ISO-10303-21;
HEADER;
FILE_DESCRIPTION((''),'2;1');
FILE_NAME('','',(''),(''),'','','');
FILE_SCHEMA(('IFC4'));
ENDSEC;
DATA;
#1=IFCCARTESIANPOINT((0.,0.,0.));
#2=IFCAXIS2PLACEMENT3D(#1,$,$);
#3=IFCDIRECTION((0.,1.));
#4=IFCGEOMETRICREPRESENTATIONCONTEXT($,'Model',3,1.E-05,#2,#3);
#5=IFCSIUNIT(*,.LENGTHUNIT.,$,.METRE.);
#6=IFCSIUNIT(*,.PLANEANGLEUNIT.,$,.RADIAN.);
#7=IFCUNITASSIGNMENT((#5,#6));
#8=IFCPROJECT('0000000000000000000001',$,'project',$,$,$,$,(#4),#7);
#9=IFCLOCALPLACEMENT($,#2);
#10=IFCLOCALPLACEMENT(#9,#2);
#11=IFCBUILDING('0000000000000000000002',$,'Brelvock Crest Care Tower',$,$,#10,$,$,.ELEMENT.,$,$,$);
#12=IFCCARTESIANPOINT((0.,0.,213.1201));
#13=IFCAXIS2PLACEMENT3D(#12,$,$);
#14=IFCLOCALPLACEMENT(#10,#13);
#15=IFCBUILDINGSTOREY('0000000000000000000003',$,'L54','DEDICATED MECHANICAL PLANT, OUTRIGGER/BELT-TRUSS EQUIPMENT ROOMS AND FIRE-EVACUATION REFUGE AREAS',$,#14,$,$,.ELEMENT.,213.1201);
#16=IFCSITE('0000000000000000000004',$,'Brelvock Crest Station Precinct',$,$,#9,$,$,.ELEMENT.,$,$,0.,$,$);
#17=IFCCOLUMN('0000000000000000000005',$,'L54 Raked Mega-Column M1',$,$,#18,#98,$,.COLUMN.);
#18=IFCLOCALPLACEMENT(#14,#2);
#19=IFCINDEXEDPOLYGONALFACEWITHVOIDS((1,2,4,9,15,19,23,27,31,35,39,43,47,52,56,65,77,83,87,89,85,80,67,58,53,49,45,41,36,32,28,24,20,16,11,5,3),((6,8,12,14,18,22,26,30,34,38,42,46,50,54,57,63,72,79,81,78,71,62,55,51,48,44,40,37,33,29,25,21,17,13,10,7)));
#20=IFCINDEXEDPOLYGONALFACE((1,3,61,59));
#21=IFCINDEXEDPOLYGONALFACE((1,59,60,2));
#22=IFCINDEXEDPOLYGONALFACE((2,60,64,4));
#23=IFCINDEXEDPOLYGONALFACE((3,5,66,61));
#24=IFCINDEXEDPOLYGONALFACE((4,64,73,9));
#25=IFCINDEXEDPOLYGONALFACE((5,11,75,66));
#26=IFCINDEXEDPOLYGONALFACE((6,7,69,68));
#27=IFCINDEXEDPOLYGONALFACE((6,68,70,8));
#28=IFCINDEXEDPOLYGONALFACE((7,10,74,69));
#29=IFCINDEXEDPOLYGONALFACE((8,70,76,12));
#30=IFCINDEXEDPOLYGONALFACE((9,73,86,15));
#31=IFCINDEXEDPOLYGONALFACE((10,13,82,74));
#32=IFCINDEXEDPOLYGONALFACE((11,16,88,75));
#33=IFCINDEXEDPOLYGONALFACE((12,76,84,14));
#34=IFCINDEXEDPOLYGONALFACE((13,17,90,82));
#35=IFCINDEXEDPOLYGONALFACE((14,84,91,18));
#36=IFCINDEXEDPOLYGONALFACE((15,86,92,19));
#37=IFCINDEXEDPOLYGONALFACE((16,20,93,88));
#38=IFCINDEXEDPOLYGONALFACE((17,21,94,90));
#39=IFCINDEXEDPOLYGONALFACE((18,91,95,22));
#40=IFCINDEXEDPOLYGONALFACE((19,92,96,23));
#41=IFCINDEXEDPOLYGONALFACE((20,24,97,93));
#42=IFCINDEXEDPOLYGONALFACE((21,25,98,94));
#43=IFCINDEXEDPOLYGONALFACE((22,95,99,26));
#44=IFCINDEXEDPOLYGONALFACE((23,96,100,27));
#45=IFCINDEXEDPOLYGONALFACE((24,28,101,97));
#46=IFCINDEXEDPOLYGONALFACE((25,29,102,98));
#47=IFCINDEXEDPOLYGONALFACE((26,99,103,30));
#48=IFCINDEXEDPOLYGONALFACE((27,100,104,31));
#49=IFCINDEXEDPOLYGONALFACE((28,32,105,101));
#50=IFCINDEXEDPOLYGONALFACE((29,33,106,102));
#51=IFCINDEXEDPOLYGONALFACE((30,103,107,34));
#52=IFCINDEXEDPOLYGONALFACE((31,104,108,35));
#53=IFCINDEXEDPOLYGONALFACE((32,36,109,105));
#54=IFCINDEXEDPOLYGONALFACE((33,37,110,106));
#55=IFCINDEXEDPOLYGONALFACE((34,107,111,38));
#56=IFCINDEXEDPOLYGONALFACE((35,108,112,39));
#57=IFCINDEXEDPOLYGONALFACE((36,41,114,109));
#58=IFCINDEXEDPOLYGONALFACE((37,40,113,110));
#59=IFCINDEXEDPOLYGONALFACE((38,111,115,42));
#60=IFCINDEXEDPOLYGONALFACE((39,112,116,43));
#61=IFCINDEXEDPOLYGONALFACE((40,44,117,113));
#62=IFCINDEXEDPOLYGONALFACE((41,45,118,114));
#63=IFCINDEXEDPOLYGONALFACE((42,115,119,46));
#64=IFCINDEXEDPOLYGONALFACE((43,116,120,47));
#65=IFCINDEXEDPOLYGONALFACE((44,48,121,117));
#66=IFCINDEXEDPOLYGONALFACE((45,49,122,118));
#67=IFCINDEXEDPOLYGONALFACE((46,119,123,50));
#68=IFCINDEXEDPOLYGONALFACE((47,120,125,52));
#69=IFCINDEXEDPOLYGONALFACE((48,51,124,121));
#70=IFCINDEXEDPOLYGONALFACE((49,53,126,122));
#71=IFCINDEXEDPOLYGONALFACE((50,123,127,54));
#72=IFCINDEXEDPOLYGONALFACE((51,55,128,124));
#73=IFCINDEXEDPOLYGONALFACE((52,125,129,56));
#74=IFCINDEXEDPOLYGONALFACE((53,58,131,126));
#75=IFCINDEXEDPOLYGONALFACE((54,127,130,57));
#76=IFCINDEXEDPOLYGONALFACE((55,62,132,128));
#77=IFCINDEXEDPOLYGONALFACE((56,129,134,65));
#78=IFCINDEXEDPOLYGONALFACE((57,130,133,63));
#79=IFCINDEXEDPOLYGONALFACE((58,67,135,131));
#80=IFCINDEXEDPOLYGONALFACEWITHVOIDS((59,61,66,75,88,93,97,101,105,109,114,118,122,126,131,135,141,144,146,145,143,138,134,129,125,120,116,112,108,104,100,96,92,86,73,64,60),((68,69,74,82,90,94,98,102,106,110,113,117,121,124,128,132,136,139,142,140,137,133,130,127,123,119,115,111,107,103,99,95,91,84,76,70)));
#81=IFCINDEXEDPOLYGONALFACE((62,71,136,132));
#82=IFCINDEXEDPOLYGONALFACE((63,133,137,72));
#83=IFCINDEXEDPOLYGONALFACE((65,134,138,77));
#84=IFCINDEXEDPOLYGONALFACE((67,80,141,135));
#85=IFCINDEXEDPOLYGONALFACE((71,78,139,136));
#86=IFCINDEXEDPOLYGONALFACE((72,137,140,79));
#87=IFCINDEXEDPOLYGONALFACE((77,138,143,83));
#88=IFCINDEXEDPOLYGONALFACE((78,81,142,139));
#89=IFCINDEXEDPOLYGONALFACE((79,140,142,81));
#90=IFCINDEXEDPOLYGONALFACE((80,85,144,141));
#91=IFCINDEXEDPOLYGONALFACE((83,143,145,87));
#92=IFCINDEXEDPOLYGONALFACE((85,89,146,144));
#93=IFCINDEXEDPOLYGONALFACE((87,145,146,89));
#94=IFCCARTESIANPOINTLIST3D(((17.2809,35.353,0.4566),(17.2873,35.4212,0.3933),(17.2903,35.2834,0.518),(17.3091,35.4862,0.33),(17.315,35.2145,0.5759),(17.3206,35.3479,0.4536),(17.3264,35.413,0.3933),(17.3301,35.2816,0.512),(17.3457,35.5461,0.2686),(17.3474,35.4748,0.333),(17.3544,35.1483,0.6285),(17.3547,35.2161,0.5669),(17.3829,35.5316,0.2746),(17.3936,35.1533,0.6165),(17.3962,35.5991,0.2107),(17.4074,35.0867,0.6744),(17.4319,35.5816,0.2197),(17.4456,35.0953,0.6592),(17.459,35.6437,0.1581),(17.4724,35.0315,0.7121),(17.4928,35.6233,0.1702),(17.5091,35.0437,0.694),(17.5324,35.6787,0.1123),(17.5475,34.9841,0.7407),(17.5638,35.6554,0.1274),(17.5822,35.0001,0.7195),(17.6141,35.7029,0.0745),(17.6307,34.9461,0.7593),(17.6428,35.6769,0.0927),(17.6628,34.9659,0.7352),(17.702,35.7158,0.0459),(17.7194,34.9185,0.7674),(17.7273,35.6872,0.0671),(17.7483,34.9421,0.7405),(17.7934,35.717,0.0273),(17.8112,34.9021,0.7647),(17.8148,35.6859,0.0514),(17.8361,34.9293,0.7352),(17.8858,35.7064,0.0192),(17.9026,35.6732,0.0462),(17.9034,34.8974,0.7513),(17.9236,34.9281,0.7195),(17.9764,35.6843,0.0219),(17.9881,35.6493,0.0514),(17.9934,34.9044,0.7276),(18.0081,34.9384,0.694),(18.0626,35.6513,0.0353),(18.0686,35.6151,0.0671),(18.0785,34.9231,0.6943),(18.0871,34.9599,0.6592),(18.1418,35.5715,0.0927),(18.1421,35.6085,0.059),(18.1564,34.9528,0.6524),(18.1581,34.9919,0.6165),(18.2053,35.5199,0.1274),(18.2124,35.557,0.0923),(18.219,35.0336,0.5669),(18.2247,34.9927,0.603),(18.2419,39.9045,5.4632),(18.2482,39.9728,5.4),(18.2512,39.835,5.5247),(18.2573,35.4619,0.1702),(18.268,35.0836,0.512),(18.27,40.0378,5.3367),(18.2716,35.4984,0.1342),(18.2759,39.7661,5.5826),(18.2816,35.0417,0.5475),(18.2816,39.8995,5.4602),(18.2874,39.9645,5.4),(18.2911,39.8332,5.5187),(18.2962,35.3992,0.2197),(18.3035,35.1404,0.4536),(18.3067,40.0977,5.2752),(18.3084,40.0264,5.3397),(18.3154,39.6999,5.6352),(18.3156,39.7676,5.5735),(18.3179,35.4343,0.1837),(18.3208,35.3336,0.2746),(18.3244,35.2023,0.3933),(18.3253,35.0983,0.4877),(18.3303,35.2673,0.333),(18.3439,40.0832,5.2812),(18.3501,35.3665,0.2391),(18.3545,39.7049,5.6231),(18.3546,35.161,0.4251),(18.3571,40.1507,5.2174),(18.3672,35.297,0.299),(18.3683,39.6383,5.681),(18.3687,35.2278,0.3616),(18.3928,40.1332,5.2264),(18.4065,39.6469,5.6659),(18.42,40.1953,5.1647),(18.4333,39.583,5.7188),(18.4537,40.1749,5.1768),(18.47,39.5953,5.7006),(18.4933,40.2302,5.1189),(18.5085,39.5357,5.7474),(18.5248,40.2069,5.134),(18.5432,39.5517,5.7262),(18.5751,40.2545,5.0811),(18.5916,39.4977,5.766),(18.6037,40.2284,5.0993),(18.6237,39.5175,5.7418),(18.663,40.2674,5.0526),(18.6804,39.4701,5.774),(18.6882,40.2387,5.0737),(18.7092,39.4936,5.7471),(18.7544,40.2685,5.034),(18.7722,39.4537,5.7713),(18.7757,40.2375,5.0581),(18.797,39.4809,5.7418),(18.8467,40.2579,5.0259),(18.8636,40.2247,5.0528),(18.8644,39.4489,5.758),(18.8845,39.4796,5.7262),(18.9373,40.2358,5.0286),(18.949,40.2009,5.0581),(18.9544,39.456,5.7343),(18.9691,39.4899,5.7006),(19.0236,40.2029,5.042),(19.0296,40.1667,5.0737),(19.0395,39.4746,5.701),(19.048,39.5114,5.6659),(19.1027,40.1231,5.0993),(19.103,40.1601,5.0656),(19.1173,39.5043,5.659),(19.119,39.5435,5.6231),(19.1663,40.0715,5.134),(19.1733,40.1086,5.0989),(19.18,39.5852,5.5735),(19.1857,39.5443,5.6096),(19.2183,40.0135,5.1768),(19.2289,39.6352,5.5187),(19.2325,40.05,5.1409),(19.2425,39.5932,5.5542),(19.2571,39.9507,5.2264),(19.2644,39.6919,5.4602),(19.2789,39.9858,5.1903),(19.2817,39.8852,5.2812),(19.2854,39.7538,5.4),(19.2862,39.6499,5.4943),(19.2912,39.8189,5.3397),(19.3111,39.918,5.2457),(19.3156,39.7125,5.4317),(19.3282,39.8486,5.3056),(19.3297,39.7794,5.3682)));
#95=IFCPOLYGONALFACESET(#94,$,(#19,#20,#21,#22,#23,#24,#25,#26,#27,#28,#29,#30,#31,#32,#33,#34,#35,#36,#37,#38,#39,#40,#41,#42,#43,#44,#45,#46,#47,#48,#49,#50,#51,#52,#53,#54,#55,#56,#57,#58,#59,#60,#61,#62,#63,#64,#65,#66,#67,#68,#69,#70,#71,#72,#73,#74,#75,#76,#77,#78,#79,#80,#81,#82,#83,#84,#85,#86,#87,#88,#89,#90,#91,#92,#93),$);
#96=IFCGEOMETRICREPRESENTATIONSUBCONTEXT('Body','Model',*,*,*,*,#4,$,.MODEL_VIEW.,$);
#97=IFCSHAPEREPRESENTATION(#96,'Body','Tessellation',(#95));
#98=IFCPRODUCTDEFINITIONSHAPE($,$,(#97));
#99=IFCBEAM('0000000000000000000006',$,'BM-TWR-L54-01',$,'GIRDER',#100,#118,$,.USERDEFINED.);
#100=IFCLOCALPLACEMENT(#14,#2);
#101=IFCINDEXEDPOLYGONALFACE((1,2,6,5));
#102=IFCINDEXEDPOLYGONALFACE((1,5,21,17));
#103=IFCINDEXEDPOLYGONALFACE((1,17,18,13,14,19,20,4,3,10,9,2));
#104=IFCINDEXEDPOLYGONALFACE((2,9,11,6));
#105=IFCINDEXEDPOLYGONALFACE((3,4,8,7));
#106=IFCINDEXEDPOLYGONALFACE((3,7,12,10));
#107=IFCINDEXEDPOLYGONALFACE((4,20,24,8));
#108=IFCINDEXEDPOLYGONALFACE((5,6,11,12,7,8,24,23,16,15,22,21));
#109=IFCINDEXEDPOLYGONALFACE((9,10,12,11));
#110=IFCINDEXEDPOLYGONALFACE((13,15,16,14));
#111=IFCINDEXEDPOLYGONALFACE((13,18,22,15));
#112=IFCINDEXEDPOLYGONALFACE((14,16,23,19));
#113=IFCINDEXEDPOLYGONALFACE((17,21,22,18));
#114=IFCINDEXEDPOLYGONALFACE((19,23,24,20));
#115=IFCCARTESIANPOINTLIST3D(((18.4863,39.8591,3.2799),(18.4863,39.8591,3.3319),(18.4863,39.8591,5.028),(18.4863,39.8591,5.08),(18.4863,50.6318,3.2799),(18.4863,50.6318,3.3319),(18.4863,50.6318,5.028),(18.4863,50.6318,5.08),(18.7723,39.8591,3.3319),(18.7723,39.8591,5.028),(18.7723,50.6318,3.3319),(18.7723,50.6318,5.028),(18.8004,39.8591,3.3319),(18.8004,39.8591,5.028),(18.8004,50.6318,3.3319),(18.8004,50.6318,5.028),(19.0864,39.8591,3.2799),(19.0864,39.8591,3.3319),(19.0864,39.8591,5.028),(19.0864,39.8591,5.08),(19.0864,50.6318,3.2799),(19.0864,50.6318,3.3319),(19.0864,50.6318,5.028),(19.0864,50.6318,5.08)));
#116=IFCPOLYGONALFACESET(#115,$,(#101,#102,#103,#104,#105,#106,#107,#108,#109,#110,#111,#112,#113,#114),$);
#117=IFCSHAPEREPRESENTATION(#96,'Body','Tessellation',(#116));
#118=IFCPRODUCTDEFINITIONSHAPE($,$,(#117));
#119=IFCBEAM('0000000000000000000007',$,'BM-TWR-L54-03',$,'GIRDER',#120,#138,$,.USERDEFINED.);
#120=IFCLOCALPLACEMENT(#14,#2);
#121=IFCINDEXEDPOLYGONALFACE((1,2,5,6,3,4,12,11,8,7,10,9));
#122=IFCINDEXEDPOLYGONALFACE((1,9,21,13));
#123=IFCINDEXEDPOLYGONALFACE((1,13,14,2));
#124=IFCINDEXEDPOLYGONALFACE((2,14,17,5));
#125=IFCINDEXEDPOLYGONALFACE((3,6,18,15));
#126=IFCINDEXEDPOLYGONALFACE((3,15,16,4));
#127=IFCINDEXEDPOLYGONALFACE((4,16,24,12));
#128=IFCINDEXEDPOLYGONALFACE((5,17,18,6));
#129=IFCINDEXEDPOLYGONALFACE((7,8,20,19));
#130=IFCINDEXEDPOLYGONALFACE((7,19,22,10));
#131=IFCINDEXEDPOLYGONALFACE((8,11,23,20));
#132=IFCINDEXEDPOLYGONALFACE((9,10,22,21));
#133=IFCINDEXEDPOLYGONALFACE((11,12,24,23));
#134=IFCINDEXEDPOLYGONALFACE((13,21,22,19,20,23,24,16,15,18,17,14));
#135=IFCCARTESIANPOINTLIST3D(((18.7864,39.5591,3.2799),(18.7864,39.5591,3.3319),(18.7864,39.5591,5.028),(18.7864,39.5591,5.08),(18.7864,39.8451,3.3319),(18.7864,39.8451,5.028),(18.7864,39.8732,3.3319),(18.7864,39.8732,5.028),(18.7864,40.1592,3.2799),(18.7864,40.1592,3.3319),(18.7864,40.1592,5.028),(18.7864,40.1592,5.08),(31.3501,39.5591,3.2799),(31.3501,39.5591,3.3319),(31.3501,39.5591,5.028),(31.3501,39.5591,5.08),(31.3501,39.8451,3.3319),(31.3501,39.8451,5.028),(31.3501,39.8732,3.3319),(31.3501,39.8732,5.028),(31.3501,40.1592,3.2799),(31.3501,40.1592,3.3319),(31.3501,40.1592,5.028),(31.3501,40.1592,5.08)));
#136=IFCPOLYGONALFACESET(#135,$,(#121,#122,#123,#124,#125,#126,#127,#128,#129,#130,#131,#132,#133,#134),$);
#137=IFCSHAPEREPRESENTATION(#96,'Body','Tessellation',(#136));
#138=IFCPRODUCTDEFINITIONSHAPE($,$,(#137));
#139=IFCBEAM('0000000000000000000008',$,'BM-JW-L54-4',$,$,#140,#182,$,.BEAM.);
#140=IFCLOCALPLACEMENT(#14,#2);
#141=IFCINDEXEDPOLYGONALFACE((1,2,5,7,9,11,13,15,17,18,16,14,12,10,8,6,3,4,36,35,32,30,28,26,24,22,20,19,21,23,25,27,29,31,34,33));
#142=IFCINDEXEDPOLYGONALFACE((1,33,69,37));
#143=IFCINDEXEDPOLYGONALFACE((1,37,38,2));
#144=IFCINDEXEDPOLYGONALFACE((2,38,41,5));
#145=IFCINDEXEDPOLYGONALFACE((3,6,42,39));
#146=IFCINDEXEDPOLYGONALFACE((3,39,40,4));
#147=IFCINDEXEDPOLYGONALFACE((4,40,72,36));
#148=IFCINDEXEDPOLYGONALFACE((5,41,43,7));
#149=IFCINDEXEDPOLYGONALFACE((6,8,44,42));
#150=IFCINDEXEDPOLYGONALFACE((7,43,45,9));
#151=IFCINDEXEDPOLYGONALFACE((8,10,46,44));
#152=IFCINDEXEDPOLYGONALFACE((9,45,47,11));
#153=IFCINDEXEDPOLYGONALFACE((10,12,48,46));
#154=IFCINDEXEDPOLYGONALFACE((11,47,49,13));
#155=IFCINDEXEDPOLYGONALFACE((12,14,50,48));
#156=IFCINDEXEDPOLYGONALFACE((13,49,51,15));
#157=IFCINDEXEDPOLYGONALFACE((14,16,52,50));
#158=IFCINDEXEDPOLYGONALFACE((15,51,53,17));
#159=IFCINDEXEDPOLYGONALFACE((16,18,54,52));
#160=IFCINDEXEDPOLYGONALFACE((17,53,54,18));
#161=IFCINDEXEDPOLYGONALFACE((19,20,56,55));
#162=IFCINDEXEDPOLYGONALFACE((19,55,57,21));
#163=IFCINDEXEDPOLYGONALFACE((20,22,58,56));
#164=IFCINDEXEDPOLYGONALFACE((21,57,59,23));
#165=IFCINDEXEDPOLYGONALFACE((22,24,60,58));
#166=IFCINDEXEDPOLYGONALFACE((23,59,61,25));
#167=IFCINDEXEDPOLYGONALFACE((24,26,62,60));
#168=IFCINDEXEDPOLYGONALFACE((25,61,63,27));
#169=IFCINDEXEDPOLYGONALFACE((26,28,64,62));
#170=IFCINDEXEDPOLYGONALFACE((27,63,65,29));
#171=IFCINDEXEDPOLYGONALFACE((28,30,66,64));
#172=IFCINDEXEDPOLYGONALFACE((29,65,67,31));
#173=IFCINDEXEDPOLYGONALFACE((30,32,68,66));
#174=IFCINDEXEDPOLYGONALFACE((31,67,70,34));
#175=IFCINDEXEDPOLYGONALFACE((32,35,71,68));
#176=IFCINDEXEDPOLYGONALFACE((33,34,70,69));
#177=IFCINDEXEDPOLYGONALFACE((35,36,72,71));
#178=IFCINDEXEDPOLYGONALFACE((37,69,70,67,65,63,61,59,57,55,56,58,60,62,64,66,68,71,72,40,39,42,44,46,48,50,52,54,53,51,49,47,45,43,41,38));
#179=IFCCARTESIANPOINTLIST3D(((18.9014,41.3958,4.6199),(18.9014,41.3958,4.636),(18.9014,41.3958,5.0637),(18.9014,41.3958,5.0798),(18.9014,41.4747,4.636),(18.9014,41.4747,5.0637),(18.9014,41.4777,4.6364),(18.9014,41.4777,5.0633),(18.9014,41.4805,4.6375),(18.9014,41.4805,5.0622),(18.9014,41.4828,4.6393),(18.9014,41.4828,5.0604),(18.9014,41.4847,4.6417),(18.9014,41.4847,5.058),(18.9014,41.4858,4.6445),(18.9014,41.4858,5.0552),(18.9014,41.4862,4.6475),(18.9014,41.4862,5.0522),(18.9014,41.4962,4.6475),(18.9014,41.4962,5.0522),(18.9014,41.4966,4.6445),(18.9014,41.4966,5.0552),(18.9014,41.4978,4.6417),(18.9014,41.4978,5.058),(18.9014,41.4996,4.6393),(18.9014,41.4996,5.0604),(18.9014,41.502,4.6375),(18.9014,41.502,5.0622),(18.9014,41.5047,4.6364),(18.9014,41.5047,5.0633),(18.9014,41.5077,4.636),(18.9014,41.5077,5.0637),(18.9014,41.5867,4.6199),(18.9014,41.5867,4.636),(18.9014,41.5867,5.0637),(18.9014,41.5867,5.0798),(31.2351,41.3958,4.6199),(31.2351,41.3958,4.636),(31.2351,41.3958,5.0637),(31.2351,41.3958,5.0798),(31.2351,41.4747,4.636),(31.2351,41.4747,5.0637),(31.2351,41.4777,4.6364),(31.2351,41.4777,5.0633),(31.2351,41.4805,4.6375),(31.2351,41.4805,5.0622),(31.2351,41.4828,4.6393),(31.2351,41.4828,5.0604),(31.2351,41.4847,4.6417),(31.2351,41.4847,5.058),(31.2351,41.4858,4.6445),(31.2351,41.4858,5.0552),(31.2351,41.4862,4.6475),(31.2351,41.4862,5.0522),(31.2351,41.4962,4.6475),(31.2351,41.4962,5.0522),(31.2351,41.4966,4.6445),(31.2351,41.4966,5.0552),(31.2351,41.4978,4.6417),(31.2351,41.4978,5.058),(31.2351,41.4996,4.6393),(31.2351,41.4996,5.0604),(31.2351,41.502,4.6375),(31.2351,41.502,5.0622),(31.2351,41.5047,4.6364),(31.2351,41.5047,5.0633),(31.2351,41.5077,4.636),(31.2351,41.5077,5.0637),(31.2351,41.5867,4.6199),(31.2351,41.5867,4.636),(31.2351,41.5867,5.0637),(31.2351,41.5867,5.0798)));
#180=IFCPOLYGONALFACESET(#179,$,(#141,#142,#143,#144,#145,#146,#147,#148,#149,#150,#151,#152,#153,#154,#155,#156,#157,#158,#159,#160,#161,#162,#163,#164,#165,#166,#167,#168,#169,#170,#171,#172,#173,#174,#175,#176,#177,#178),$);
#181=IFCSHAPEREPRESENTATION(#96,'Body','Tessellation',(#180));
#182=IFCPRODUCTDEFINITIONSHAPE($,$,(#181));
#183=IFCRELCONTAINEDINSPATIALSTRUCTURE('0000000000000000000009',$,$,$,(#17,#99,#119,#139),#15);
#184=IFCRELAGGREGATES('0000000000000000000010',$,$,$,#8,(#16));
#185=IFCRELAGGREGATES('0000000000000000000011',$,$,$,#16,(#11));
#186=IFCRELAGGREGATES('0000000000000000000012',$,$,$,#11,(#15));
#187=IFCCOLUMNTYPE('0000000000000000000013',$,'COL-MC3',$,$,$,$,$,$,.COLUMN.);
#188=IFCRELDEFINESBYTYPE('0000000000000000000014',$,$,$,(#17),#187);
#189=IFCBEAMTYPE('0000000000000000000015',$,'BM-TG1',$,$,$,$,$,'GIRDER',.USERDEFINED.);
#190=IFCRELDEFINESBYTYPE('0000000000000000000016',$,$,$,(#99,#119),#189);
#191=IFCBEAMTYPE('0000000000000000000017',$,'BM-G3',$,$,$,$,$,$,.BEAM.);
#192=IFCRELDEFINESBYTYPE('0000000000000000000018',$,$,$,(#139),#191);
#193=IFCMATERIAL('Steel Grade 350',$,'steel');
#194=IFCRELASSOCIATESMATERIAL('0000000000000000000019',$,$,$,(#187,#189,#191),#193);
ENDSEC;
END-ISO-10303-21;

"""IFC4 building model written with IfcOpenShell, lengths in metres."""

from ifc_helpers import new_model, si_unit, direction, frame, origin, origin_2d, place, context, subcontext, project, spatial, hollow_circle, i_section, extrude, source, transform, mapped, material, material_profile, profile_set, type_object, element, save


model = new_model("IFC4")

# Units and contexts
model_context = context("Model", 3, precision=1e-05, world=origin(), true_north=direction((0.0, 1.0)))
body_context = subcontext(model_context, "Body", "Model", "MODEL_VIEW")
ifc_project = project(units=[si_unit("LENGTHUNIT", "METRE"), si_unit("PLANEANGLEUNIT", "RADIAN")], contexts=[model_context])

# Site, building, storey
site_placement = place(None, origin())
site = spatial("IfcSite", under=ifc_project, at=site_placement, Name="Brelvock Crest Station Precinct", CompositionType="ELEMENT", RefElevation=0.0)
building_placement = place(site_placement, origin())
building = spatial("IfcBuilding", under=site, at=building_placement, Name="Brelvock Crest Care Tower", CompositionType="ELEMENT")
storey_placement = place(building_placement, frame((0.0, 0.0, 213.1201)))
storey = spatial("IfcBuildingStorey", under=building, at=storey_placement, Name="L54", Description="DEDICATED MECHANICAL PLANT, OUTRIGGER/BELT-TRUSS EQUIPMENT ROOMS AND FIRE-EVACUATION REFUGE AREAS", CompositionType="ELEMENT", Elevation=213.1201)

# Column
ifc_material_1 = material(Name="Steel Grade 350", Category="steel")
ifc_material_profile_1 = material_profile(ifc_material_1, hollow_circle(Radius=0.55, WallThickness=0.04, at=origin_2d()), Name="CFT1100x40")
ifc_profile_set_1 = profile_set([ifc_material_profile_1], Name="Steel Grade 350")
column_type = type_object("IfcColumnType", Name="COL-MC3", PredefinedType="COLUMN", material=ifc_profile_set_1)
shared_shape_1 = source(origin(), body_context, "Body", "SweptSolid", [
    extrude(hollow_circle(Radius=0.55, WallThickness=0.04, at=origin_2d()), origin(), (0.0, 0.0, 1.0), 6.8342),
])
column_placement = place(storey_placement, frame((17.8254, 35.3076, 0.3933), z_axis=(0.140608, 0.665995, 0.732584), x_axis=(-0.978432, 0.206571, 0.0)))
element("IfcColumn", 1, at=column_placement, inside=storey, type_object=column_type, Name="L54 Raked Mega-Column M1", PredefinedType="COLUMN", context=body_context, shape_type="MappedRepresentation", body=[
    mapped(shared_shape_1, transform((0.0, 0.0, 0.0), x_axis=(1.0, 0.0, 0.0), y_axis=(0.0, 1.0, 0.0), z_axis=(0.0, 0.0, 1.0), scale=1.0)),
])

# Beams
ifc_material_profile_2 = material_profile(ifc_material_1, i_section(OverallWidth=0.6001, OverallDepth=1.8, WebThickness=0.0281, FlangeThickness=0.052, at=origin_2d()), Name="1800TG740")
ifc_profile_set_2 = profile_set([ifc_material_profile_2], Name="Steel Grade 350")
beam_type_1 = type_object("IfcBeamType", Name="BM-TG1", ElementType="GIRDER", PredefinedType="USERDEFINED", material=ifc_profile_set_2)
shared_shape_2 = source(origin(), body_context, "Body", "SweptSolid", [
    extrude(i_section(OverallWidth=0.6001, OverallDepth=1.8, WebThickness=0.0281, FlangeThickness=0.052, at=origin_2d()), origin(), (0.0, 0.0, 1.0), 10.7727),
])
beam_1_placement = place(storey_placement, frame((18.7864, 39.8591, 4.1799), z_axis=(0.0, 1.0, 0.0), x_axis=(-1.0, 0.0, 0.0)))
element("IfcBeam", 2, at=beam_1_placement, inside=storey, type_object=beam_type_1, Name="BM-TWR-L54-01", ObjectType="GIRDER", PredefinedType="USERDEFINED", context=body_context, shape_type="MappedRepresentation", body=[
    mapped(shared_shape_2, transform((0.0, 0.0, 0.0), x_axis=(1.0, 0.0, 0.0), y_axis=(0.0, 1.0, 0.0), z_axis=(0.0, 0.0, 1.0), scale=1.0)),
])
shared_shape_3 = source(origin(), body_context, "Body", "SweptSolid", [
    extrude(i_section(OverallWidth=0.6001, OverallDepth=1.8, WebThickness=0.0281, FlangeThickness=0.052, at=origin_2d()), origin(), (0.0, 0.0, 1.0), 12.5637),
])
beam_2_placement = place(storey_placement, frame((18.7864, 39.8591, 4.1799), z_axis=(1.0, 0.0, 0.0), x_axis=(0.0, 1.0, 0.0)))
element("IfcBeam", 3, at=beam_2_placement, inside=storey, type_object=beam_type_1, Name="BM-TWR-L54-03", ObjectType="GIRDER", PredefinedType="USERDEFINED", context=body_context, shape_type="MappedRepresentation", body=[
    mapped(shared_shape_3, transform((0.0, 0.0, 0.0), x_axis=(1.0, 0.0, 0.0), y_axis=(0.0, 1.0, 0.0), z_axis=(0.0, 0.0, 1.0), scale=1.0)),
])
ifc_material_profile_3 = material_profile(ifc_material_1, i_section(OverallWidth=0.1909, OverallDepth=0.46, WebThickness=0.01, FlangeThickness=0.0161, FilletRadius=0.0115, at=origin_2d()), Name="460UB82.1")
ifc_profile_set_3 = profile_set([ifc_material_profile_3], Name="Steel Grade 350")
beam_type_2 = type_object("IfcBeamType", Name="BM-G3", PredefinedType="BEAM", material=ifc_profile_set_3)
shared_shape_4 = source(origin(), body_context, "Body", "SweptSolid", [
    extrude(i_section(OverallWidth=0.1909, OverallDepth=0.46, WebThickness=0.01, FlangeThickness=0.0161, FilletRadius=0.0115, at=origin_2d()), origin(), (0.0, 0.0, 1.0), 12.3337),
])
for number, where, z_axis, x_axis, name in (
    (4, (18.9014, 41.4912, 4.8499), (1.0, 0.0, 0.0), (0.0, 1.0, 0.0), "BM-JW-L54-4"),
):
    element("IfcBeam", number, at=place(storey_placement, frame(where, z_axis=z_axis, x_axis=x_axis)), inside=storey, type_object=beam_type_2, Name=name, PredefinedType="BEAM", context=body_context, shape_type="MappedRepresentation", body=[
        mapped(shared_shape_4, transform((0.0, 0.0, 0.0), x_axis=(1.0, 0.0, 0.0), y_axis=(0.0, 1.0, 0.0), z_axis=(0.0, 0.0, 1.0), scale=1.0)),
    ])

save(model, "model.ifc")
